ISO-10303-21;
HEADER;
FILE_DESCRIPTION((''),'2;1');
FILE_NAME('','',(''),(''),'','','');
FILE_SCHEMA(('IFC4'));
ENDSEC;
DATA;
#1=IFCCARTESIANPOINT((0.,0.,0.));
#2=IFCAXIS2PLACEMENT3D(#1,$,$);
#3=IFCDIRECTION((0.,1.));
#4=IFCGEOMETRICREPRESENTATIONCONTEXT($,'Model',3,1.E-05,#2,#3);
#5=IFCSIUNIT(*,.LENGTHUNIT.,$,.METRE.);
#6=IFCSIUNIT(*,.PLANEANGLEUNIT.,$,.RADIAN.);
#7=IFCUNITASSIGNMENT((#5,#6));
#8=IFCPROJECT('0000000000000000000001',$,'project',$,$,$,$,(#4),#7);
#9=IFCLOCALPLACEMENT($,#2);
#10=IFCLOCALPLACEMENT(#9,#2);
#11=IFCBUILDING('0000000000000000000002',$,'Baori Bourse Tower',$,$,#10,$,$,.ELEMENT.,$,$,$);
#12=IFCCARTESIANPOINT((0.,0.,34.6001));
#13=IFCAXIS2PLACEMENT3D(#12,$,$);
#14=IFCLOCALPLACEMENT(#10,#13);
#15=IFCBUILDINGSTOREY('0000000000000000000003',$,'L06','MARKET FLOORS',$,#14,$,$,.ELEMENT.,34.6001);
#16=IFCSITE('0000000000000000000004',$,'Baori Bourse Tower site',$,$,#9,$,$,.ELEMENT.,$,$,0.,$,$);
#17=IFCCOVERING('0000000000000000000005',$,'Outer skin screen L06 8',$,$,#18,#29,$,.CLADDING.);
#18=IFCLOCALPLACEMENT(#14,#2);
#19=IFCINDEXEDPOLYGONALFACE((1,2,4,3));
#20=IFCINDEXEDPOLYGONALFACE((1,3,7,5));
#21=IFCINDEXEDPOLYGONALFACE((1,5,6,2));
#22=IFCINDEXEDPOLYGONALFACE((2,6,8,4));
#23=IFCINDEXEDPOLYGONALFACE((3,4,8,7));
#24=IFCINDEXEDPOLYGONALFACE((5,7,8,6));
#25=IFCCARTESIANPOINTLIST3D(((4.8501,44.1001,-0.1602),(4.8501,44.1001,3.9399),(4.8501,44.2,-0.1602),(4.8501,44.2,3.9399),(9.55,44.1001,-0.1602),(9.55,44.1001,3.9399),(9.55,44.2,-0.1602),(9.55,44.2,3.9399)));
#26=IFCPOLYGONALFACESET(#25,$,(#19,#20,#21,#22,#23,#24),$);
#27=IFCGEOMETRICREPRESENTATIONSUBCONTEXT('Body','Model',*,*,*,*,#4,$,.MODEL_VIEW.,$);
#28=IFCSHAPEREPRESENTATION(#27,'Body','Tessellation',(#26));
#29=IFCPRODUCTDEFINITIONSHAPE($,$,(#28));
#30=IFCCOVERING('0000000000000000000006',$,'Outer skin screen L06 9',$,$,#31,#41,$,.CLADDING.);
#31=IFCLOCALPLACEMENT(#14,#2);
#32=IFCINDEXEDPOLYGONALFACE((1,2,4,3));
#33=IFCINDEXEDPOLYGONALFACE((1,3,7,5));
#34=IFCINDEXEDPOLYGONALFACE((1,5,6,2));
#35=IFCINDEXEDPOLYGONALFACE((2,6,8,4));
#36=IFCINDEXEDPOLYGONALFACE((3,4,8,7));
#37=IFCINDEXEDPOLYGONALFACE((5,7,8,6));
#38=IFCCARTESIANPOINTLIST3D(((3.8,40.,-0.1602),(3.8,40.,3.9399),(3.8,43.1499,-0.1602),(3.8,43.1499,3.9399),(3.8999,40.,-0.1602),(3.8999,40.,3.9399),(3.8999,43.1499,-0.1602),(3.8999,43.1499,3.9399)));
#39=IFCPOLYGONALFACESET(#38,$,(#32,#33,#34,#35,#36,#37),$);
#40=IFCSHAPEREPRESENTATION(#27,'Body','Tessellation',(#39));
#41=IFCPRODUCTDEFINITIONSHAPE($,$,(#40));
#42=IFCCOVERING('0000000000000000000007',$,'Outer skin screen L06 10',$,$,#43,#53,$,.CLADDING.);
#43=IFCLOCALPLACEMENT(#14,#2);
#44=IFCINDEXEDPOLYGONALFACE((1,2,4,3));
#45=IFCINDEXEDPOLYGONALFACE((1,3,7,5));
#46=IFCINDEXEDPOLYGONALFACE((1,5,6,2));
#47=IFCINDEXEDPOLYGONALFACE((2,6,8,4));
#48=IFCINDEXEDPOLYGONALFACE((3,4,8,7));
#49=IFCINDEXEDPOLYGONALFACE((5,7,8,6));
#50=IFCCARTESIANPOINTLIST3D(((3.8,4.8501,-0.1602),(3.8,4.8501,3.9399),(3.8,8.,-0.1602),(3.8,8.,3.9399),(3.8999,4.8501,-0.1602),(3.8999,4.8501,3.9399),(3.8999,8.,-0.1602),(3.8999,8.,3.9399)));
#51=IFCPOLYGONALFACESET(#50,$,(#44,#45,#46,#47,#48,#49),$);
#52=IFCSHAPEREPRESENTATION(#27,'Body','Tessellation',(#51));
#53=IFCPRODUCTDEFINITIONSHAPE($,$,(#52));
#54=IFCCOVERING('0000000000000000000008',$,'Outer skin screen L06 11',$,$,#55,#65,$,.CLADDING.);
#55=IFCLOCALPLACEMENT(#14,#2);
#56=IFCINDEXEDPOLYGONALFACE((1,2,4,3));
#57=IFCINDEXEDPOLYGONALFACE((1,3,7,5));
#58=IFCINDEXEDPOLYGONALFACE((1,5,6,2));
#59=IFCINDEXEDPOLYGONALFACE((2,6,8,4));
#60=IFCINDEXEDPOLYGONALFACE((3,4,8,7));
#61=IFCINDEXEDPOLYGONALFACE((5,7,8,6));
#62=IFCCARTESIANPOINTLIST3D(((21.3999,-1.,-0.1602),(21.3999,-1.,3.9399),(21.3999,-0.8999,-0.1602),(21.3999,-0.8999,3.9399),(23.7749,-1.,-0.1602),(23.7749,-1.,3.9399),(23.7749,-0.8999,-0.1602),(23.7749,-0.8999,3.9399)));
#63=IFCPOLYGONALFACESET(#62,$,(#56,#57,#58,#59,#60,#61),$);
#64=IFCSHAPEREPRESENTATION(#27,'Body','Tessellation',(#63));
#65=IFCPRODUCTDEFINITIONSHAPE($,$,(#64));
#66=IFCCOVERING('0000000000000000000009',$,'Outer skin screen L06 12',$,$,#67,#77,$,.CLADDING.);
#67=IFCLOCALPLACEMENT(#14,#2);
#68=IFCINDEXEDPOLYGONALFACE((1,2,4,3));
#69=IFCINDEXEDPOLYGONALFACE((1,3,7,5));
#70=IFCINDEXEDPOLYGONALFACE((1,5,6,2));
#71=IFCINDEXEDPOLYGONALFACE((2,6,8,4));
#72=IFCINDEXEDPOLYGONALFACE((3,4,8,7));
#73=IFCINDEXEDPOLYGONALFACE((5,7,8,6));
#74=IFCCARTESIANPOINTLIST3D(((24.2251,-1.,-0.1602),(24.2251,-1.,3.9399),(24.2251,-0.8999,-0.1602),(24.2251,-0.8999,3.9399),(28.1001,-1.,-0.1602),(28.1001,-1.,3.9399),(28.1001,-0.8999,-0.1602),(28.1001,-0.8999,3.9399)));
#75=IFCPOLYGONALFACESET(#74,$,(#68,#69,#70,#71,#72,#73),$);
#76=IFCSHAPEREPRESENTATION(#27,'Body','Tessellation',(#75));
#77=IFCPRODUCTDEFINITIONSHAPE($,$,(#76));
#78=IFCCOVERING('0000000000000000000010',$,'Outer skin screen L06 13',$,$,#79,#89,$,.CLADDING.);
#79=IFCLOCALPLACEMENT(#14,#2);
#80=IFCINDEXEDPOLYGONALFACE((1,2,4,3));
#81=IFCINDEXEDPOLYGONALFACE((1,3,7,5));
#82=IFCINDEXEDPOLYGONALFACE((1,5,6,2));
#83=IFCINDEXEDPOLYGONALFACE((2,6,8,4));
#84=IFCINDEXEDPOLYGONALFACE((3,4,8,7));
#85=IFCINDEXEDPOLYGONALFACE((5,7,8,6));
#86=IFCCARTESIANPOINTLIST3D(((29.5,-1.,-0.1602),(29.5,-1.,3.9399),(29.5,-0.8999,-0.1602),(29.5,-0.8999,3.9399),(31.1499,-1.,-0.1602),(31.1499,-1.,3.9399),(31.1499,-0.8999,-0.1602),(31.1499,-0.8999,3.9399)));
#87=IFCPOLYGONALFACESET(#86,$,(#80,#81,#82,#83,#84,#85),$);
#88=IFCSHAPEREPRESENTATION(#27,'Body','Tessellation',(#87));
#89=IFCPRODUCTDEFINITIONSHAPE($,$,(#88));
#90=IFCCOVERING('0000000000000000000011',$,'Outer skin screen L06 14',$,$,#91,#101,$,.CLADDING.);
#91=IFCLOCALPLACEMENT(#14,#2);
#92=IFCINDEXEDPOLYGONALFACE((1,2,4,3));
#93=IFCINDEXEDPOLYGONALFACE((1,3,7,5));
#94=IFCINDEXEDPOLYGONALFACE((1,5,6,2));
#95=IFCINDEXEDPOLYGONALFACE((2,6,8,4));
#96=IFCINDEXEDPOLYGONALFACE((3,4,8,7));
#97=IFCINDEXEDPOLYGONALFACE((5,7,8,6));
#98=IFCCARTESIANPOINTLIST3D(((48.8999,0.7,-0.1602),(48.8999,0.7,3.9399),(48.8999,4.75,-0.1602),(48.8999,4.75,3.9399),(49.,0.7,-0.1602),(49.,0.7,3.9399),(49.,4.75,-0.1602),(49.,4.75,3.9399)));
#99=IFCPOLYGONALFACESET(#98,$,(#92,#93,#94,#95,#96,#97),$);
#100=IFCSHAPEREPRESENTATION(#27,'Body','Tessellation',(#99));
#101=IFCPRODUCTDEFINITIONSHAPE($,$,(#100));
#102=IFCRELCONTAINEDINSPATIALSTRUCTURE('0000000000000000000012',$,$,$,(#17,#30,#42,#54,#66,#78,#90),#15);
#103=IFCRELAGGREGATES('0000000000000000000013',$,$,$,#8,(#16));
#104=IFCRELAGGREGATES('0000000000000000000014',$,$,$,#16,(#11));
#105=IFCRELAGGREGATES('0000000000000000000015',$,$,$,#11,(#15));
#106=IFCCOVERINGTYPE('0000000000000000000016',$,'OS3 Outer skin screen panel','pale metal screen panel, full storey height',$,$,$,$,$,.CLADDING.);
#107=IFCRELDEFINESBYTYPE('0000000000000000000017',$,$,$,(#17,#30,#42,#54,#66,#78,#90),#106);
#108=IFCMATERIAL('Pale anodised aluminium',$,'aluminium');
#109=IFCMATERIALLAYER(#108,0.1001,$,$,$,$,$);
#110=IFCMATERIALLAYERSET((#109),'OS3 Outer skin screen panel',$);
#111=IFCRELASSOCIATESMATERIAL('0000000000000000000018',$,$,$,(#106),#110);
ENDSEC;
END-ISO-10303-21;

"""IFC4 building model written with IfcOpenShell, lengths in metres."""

from ifc_helpers import new_model, si_unit, direction, frame, origin, place, context, subcontext, project, spatial, polyline, outline, extrude, material, layer, layer_set, type_object, element, save


model = new_model("IFC4")

# Units and contexts
model_context = context("Model", 3, precision=1e-05, world=origin(), true_north=direction((0.0, 1.0)))
body_context = subcontext(model_context, "Body", "Model", "MODEL_VIEW")
ifc_project = project(units=[si_unit("LENGTHUNIT", "METRE"), si_unit("PLANEANGLEUNIT", "RADIAN")], contexts=[model_context])

# Site, building, storey
site_placement = place(None, origin())
site = spatial("IfcSite", under=ifc_project, at=site_placement, Name="Baori Bourse Tower site", CompositionType="ELEMENT", RefElevation=0.0)
building_placement = place(site_placement, origin())
building = spatial("IfcBuilding", under=site, at=building_placement, Name="Baori Bourse Tower", CompositionType="ELEMENT")
storey_placement = place(building_placement, frame((0.0, 0.0, 34.6001)))
storey = spatial("IfcBuildingStorey", under=building, at=storey_placement, Name="L06", Description="MARKET FLOORS", CompositionType="ELEMENT", Elevation=34.6001)

# Coverings
ifc_material_1 = material(Name="Pale anodised aluminium", Category="aluminium")
ifc_layer_1 = layer(ifc_material_1, 0.1001)
ifc_layer_set_1 = layer_set([ifc_layer_1], Name="OS3 Outer skin screen panel")
covering_type = type_object("IfcCoveringType", Name="OS3 Outer skin screen panel", Description="pale metal screen panel, full storey height", PredefinedType="CLADDING", material=ifc_layer_set_1)
covering_1_placement = place(storey_placement, frame((0.0, 0.0, -0.1602)))
element("IfcCovering", 1, at=covering_1_placement, inside=storey, type_object=covering_type, Name="Outer skin screen L06 8", PredefinedType="CLADDING", context=body_context, shape_type="SweptSolid", body=[
    extrude(outline(polyline([(4.8501, 44.1001), (9.55, 44.1001), (9.55, 44.2), (4.8501, 44.2), (4.8501, 44.1001)])), origin(), (0.0, 0.0, 1.0), 4.1001),
])
covering_2_placement = place(storey_placement, frame((0.0, 0.0, -0.1602)))
element("IfcCovering", 2, at=covering_2_placement, inside=storey, type_object=covering_type, Name="Outer skin screen L06 9", PredefinedType="CLADDING", context=body_context, shape_type="SweptSolid", body=[
    extrude(outline(polyline([(3.8999, 40.0), (3.8999, 43.1499), (3.8, 43.1499), (3.8, 40.0), (3.8999, 40.0), (3.8999, 40.0)])), origin(), (0.0, 0.0, 1.0), 4.1001),
])
covering_3_placement = place(storey_placement, frame((0.0, 0.0, -0.1602)))
element("IfcCovering", 3, at=covering_3_placement, inside=storey, type_object=covering_type, Name="Outer skin screen L06 10", PredefinedType="CLADDING", context=body_context, shape_type="SweptSolid", body=[
    extrude(outline(polyline([(3.8999, 4.8501), (3.8999, 8.0), (3.8999, 8.0), (3.8, 8.0), (3.8, 4.8501), (3.8999, 4.8501)])), origin(), (0.0, 0.0, 1.0), 4.1001),
])
covering_4_placement = place(storey_placement, frame((0.0, 0.0, -0.1602)))
element("IfcCovering", 4, at=covering_4_placement, inside=storey, type_object=covering_type, Name="Outer skin screen L06 11", PredefinedType="CLADDING", context=body_context, shape_type="SweptSolid", body=[
    extrude(outline(polyline([(23.7749, -0.8999), (21.3999, -0.8999), (21.3999, -1.0), (23.7749, -1.0), (23.7749, -0.8999)])), origin(), (0.0, 0.0, 1.0), 4.1001),
])
covering_5_placement = place(storey_placement, frame((0.0, 0.0, -0.1602)))
element("IfcCovering", 5, at=covering_5_placement, inside=storey, type_object=covering_type, Name="Outer skin screen L06 12", PredefinedType="CLADDING", context=body_context, shape_type="SweptSolid", body=[
    extrude(outline(polyline([(28.1001, -0.8999), (24.2251, -0.8999), (24.2251, -1.0), (28.1001, -1.0), (28.1001, -0.8999)])), origin(), (0.0, 0.0, 1.0), 4.1001),
])
covering_6_placement = place(storey_placement, frame((0.0, 0.0, -0.1602)))
element("IfcCovering", 6, at=covering_6_placement, inside=storey, type_object=covering_type, Name="Outer skin screen L06 13", PredefinedType="CLADDING", context=body_context, shape_type="SweptSolid", body=[
    extrude(outline(polyline([(31.1499, -0.8999), (29.5, -0.8999), (29.5, -1.0), (31.1499, -1.0), (31.1499, -0.8999)])), origin(), (0.0, 0.0, 1.0), 4.1001),
])
covering_7_placement = place(storey_placement, frame((0.0, 0.0, -0.1602)))
element("IfcCovering", 7, at=covering_7_placement, inside=storey, type_object=covering_type, Name="Outer skin screen L06 14", PredefinedType="CLADDING", context=body_context, shape_type="SweptSolid", body=[
    extrude(outline(polyline([(48.8999, 4.75), (48.8999, 0.7), (49.0, 0.7), (49.0, 4.75), (48.8999, 4.75)])), origin(), (0.0, 0.0, 1.0), 4.1001),
])

save(model, "model.ifc")
